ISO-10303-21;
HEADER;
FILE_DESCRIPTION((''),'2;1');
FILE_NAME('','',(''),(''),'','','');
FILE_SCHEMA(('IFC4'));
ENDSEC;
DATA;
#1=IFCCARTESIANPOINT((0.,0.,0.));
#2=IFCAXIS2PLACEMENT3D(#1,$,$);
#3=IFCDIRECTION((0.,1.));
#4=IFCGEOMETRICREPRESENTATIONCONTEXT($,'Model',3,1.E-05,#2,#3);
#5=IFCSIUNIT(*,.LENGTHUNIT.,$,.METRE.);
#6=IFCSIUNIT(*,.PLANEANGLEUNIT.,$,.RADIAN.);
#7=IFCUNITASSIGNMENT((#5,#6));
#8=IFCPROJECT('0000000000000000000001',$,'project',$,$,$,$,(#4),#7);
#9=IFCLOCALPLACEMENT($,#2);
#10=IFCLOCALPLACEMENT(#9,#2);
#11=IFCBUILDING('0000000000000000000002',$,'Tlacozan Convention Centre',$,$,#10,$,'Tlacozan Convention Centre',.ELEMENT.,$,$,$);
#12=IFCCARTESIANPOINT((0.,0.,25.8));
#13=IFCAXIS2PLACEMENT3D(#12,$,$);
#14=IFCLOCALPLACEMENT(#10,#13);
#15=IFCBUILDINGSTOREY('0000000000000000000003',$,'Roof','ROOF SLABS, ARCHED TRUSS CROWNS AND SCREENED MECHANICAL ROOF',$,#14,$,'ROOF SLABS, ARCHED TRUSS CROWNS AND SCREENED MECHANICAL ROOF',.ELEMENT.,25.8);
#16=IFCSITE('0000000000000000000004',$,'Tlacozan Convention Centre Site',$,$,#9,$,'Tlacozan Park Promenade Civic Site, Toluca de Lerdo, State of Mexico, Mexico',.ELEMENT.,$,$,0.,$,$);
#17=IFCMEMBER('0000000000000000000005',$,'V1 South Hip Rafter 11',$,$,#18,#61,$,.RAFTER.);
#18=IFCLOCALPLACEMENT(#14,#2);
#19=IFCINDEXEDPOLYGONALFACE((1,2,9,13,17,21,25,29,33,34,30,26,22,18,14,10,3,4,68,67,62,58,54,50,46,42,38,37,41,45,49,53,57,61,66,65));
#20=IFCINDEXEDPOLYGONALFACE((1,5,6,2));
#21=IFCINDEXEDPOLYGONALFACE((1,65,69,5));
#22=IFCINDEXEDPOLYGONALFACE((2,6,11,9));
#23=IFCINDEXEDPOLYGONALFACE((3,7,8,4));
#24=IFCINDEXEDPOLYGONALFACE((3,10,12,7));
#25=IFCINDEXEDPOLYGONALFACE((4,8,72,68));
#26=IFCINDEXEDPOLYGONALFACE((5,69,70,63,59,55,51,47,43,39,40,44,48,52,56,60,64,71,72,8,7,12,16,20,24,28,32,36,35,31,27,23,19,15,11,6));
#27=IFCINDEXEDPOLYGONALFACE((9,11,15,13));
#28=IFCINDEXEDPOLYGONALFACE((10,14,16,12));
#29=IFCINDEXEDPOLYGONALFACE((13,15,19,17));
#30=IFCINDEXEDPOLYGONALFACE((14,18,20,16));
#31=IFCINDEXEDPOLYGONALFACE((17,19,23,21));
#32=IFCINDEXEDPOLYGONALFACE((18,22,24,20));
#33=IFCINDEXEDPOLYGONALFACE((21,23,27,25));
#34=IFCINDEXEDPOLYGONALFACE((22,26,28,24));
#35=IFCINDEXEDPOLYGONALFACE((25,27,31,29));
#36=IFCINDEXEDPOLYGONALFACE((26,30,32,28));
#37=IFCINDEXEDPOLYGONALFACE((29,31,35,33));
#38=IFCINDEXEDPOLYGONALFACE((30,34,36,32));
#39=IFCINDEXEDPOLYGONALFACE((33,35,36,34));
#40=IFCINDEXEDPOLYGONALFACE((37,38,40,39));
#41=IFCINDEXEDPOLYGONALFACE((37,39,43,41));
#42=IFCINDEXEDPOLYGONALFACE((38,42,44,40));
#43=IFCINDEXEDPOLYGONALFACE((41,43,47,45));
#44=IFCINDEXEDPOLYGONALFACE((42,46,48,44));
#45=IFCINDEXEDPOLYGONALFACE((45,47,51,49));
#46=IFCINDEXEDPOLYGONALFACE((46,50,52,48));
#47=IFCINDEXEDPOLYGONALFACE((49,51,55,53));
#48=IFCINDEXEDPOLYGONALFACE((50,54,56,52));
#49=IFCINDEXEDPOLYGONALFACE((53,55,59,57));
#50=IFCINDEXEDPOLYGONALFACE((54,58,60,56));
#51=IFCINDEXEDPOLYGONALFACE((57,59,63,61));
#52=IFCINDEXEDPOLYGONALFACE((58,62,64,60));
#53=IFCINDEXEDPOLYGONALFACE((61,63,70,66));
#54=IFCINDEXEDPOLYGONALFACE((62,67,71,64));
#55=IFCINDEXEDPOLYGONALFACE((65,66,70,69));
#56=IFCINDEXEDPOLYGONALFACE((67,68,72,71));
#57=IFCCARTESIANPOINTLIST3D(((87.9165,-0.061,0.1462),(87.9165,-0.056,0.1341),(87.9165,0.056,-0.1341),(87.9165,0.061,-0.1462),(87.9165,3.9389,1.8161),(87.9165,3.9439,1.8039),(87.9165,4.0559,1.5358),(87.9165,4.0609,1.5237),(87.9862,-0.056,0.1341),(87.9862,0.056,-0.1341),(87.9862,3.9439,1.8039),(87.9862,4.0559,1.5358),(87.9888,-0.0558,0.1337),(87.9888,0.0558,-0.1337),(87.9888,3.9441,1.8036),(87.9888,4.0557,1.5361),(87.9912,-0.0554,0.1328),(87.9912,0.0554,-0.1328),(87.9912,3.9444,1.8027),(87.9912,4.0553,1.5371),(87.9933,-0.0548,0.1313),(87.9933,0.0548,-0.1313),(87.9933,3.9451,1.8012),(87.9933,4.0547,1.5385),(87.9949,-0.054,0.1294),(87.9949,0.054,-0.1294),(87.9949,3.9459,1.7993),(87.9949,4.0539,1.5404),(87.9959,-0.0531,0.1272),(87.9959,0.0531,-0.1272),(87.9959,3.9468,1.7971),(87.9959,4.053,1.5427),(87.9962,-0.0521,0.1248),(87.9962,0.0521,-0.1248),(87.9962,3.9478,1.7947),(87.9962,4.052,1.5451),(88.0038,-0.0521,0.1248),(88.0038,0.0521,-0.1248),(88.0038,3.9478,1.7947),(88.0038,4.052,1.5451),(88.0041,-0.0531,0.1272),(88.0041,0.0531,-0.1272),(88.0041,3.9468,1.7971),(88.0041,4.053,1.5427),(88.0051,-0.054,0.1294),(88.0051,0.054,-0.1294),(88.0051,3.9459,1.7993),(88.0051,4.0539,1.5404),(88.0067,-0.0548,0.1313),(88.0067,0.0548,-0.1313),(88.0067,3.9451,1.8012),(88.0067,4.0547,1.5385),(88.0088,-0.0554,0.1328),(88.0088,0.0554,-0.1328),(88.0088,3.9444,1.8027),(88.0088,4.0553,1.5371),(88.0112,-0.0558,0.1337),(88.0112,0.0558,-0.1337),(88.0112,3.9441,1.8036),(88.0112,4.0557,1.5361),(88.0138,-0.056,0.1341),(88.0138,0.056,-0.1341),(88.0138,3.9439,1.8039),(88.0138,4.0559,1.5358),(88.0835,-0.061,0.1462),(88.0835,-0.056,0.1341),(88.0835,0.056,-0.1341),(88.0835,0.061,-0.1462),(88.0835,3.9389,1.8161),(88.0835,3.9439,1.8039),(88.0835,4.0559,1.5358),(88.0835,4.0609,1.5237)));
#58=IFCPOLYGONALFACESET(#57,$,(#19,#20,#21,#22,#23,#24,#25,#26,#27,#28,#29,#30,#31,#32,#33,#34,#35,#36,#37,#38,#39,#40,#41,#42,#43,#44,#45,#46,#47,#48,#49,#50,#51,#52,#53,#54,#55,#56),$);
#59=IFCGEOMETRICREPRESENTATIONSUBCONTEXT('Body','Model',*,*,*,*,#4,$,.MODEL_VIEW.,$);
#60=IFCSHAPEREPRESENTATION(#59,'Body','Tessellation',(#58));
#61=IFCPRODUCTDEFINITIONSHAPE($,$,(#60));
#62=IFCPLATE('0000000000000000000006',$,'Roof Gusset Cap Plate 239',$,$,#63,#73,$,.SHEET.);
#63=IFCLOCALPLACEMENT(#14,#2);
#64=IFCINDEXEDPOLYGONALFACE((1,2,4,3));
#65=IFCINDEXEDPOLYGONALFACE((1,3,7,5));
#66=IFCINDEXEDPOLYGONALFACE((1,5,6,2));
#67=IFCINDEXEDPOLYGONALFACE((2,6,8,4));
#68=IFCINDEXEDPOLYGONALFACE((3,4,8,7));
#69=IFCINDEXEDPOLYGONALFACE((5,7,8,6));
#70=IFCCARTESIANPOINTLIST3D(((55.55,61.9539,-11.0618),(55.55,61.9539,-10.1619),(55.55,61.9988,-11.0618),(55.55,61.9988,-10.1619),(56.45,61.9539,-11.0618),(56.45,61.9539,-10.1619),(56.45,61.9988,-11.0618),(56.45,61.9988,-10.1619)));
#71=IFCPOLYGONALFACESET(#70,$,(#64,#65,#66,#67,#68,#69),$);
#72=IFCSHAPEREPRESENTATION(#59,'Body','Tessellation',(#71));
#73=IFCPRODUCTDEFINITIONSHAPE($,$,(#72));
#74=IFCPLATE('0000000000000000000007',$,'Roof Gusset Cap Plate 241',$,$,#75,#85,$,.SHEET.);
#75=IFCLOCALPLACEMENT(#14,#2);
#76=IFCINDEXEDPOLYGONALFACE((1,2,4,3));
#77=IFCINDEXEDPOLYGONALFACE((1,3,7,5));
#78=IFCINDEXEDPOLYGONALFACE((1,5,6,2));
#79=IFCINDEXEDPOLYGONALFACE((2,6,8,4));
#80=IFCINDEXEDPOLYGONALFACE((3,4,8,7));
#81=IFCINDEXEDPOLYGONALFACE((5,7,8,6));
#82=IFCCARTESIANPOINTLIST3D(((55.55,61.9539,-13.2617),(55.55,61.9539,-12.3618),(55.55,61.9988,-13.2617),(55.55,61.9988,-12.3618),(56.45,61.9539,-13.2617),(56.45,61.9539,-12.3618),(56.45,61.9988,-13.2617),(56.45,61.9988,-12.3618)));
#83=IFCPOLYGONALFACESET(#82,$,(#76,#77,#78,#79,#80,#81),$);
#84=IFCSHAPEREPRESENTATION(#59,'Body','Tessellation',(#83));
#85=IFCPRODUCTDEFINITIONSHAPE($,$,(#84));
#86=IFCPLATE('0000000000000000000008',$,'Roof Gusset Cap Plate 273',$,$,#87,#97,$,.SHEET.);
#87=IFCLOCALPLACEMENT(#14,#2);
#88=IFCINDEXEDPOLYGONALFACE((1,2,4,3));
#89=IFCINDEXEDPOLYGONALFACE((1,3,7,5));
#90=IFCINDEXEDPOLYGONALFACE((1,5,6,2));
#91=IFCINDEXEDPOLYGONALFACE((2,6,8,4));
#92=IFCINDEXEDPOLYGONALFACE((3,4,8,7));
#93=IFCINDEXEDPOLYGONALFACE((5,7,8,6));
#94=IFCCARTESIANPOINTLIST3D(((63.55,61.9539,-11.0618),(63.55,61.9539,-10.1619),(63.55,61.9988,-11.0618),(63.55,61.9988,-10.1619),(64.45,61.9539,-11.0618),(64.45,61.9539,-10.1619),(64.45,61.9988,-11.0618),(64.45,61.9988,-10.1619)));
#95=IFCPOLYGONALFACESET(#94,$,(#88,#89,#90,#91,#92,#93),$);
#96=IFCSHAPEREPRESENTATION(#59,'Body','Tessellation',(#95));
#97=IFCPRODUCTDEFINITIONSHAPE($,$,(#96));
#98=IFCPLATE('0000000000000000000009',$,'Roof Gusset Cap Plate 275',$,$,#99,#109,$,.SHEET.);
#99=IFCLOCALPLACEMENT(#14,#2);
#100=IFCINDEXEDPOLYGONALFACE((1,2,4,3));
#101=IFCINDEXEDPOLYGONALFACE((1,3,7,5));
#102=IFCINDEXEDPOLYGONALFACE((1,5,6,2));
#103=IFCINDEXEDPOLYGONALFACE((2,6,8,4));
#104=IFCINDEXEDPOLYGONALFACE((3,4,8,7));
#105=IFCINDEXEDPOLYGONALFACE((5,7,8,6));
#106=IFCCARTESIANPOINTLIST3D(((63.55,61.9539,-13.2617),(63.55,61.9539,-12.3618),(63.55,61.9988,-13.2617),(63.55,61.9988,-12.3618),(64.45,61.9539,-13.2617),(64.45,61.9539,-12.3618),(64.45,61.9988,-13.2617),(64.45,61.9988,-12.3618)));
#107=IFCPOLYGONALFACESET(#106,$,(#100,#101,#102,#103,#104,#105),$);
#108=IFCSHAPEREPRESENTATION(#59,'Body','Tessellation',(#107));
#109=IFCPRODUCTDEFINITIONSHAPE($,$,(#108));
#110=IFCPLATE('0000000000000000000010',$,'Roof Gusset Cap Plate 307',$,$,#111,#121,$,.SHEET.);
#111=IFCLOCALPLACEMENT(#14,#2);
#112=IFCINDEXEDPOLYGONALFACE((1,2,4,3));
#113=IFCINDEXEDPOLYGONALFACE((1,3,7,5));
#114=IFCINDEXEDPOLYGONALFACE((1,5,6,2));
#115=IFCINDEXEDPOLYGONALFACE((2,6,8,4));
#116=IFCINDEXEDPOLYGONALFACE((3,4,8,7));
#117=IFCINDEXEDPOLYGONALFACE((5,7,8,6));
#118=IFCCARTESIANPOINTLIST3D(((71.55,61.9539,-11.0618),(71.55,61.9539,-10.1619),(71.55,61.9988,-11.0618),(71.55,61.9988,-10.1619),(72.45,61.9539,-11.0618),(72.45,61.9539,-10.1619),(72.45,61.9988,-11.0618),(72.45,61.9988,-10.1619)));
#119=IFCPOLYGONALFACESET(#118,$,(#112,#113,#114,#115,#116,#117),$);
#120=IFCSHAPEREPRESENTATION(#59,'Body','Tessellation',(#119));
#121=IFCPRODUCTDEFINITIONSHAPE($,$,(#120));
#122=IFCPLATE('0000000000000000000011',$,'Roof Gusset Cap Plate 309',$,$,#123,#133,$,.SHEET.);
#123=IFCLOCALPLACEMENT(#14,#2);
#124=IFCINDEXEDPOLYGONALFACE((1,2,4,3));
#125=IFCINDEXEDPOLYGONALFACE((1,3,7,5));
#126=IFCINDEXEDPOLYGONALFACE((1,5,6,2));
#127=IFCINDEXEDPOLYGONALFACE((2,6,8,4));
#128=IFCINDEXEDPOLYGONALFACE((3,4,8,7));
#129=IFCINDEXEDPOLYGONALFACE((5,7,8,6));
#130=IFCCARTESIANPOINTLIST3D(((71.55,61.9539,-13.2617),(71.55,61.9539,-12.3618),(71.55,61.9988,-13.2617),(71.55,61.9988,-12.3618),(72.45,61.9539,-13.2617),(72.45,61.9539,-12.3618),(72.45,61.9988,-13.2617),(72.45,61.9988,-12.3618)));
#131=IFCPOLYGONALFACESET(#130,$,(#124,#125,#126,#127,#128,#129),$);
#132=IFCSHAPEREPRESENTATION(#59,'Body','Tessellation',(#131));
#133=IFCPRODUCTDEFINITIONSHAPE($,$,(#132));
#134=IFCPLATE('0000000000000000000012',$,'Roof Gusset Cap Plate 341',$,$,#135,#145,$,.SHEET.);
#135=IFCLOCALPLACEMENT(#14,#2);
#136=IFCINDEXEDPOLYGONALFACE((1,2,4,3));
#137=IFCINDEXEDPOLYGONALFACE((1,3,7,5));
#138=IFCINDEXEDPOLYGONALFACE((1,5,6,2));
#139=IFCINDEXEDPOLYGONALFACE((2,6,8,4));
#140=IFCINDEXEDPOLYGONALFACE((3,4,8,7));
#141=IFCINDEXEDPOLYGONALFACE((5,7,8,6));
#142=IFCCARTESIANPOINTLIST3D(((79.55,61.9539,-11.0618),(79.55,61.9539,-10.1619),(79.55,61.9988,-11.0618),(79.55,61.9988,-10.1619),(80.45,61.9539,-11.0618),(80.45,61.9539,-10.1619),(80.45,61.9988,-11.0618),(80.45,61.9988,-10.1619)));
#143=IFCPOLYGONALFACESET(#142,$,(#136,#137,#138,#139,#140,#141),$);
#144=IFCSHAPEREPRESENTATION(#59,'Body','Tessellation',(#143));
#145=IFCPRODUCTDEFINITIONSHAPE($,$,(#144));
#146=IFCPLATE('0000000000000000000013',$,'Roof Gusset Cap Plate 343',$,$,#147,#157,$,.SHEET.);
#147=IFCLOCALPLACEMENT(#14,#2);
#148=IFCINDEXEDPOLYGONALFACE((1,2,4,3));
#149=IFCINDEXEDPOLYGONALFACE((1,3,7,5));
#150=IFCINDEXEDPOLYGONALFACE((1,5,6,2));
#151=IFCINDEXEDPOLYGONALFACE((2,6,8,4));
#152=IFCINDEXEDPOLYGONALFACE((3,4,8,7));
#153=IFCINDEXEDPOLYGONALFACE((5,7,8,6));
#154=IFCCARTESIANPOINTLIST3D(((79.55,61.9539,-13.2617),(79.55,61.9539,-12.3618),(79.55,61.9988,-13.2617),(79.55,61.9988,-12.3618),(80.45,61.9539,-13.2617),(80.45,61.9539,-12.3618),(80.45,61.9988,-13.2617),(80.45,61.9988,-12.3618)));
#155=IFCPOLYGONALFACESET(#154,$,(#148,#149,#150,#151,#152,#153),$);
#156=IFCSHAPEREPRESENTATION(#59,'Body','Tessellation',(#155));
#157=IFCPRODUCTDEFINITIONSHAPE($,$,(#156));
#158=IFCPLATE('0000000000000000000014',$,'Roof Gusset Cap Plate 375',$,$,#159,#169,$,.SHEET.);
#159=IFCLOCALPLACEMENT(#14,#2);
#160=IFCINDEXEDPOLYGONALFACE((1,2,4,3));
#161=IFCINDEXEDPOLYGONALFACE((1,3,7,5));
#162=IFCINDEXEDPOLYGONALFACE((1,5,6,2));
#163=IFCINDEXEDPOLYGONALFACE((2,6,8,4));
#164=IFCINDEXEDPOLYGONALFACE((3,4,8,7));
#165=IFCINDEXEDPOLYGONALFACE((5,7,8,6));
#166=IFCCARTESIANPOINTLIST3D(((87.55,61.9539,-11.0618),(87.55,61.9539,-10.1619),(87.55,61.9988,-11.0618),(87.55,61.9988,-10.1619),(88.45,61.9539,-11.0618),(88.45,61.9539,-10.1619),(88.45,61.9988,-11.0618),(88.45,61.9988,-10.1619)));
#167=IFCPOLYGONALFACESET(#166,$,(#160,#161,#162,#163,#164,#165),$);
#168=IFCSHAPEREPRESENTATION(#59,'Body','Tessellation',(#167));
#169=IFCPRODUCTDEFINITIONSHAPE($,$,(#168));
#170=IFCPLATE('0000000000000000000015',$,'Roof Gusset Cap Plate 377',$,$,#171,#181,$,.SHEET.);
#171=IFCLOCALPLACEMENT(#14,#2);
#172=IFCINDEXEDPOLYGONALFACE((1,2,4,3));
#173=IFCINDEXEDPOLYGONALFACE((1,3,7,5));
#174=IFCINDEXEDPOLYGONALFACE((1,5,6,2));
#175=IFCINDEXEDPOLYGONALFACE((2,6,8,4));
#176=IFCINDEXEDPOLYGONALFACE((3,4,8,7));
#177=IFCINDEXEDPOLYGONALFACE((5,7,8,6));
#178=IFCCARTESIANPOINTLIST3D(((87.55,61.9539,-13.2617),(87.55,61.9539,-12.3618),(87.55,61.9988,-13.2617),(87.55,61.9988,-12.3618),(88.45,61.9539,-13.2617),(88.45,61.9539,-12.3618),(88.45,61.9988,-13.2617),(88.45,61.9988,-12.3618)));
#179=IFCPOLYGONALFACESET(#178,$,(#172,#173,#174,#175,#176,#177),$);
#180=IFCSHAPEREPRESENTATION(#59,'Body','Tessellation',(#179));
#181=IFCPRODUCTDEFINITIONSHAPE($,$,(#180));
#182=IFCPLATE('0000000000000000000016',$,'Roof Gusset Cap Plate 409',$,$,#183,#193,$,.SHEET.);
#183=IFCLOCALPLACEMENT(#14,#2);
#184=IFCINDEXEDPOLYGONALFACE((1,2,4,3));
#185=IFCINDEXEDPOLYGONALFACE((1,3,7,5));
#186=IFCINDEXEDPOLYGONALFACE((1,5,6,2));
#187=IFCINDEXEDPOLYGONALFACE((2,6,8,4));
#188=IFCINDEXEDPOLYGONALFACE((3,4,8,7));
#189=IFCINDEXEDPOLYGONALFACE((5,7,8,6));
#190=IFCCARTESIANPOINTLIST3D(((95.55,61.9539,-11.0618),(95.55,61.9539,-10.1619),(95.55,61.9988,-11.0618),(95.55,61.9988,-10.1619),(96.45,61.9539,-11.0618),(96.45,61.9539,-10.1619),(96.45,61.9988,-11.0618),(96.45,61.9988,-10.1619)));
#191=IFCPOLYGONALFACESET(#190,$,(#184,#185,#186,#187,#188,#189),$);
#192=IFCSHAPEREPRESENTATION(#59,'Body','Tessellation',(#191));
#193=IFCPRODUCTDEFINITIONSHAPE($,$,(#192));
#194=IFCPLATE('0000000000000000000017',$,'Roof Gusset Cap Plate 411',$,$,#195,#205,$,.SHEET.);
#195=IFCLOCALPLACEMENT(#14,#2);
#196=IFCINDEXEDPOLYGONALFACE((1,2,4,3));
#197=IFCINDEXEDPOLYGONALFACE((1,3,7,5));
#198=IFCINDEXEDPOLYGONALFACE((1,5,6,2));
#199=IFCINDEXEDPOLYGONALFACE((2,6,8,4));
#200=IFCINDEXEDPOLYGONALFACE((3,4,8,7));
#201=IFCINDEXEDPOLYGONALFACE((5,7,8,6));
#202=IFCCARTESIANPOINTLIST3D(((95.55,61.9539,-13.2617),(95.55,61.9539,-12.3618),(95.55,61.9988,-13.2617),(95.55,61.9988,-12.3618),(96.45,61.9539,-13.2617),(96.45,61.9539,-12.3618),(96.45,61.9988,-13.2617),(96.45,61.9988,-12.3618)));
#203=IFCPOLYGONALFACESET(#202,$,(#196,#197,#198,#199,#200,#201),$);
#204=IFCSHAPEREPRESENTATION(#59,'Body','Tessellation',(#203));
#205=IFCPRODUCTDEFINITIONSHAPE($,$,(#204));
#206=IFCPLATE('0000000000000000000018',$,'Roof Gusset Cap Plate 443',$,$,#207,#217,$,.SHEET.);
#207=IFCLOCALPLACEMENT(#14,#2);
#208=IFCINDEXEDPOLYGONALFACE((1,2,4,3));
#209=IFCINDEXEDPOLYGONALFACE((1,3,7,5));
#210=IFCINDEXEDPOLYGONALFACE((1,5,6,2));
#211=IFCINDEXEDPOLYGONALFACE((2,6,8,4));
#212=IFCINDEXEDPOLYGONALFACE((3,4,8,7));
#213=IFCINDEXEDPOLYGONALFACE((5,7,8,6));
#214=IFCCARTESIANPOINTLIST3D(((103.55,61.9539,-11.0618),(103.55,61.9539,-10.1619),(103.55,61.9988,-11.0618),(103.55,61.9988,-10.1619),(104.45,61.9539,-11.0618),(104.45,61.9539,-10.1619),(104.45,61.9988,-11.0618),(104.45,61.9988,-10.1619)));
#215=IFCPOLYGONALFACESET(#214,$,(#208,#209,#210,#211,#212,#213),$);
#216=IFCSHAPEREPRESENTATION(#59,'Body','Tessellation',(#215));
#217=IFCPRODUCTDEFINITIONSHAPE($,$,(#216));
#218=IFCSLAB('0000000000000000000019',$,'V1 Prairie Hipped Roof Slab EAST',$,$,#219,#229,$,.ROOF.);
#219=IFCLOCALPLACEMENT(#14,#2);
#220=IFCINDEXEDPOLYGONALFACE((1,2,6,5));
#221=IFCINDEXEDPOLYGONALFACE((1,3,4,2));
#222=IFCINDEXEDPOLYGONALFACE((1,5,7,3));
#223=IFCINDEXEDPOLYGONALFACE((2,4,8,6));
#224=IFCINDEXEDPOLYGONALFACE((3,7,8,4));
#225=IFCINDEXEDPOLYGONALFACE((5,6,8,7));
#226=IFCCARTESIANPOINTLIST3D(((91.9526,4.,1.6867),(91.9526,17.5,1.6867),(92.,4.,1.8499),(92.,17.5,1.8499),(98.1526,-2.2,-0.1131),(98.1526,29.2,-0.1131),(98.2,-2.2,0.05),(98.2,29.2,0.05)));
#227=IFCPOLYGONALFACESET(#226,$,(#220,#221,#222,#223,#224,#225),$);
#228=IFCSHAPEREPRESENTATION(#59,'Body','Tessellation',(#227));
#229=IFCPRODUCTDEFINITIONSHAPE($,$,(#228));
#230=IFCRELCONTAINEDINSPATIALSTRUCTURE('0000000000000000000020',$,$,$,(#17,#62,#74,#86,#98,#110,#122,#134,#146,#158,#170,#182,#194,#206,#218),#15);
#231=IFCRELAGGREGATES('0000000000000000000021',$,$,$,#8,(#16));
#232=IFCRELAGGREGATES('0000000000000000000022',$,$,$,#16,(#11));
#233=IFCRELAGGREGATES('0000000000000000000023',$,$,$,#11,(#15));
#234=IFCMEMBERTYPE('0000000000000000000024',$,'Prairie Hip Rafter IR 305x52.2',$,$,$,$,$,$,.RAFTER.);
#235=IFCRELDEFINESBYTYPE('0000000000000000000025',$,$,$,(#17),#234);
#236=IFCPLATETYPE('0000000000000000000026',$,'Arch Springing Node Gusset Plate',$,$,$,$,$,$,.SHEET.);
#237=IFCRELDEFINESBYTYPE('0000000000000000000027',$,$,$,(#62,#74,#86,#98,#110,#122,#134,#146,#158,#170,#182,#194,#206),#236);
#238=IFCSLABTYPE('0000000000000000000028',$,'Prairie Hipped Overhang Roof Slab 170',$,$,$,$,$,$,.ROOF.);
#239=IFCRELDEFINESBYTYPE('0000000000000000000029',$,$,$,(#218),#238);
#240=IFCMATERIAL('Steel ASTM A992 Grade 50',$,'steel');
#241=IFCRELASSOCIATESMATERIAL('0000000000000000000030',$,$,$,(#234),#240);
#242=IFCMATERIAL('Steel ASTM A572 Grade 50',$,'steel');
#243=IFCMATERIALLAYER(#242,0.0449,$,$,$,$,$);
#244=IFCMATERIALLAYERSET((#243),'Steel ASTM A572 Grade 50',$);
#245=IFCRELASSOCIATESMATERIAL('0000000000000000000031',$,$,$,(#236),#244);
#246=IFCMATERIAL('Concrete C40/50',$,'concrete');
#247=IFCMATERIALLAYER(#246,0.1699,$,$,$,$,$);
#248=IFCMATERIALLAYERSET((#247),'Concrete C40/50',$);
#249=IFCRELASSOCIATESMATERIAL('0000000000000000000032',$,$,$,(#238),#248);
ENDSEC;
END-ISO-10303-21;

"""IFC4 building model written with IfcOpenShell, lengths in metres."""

from ifc_helpers import new_model, si_unit, direction, frame, origin, origin_2d, place, context, subcontext, project, spatial, polyline, rectangle, i_section, outline, extrude, material, layer, layer_set, material_profile, profile_set, type_object, element, save


model = new_model("IFC4")

# Units and contexts
model_context = context("Model", 3, precision=1e-05, world=origin(), true_north=direction((0.0, 1.0)))
body_context = subcontext(model_context, "Body", "Model", "MODEL_VIEW")
ifc_project = project(units=[si_unit("LENGTHUNIT", "METRE"), si_unit("PLANEANGLEUNIT", "RADIAN")], contexts=[model_context])

# Site, building, storey
site_placement = place(None, origin())
site = spatial("IfcSite", under=ifc_project, at=site_placement, Name="Tlacozan Convention Centre Site", LongName="Tlacozan Park Promenade Civic Site, Toluca de Lerdo, State of Mexico, Mexico", CompositionType="ELEMENT", RefElevation=0.0)
building_placement = place(site_placement, origin())
building = spatial("IfcBuilding", under=site, at=building_placement, Name="Tlacozan Convention Centre", LongName="Tlacozan Convention Centre", CompositionType="ELEMENT")
storey_placement = place(building_placement, frame((0.0, 0.0, 25.8)))
storey = spatial("IfcBuildingStorey", under=building, at=storey_placement, Name="Roof", Description="ROOF SLABS, ARCHED TRUSS CROWNS AND SCREENED MECHANICAL ROOF", LongName="ROOF SLABS, ARCHED TRUSS CROWNS AND SCREENED MECHANICAL ROOF", CompositionType="ELEMENT", Elevation=25.8)

# Member
ifc_material_1 = material(Name="Steel ASTM A992 Grade 50", Category="steel")
ifc_material_profile_1 = material_profile(ifc_material_1, i_section(OverallWidth=0.167, OverallDepth=0.3169, WebThickness=0.0076, FlangeThickness=0.0132, FilletRadius=0.01, at=origin_2d()), Name="IR 305x52.2")
ifc_profile_set_1 = profile_set([ifc_material_profile_1], Name="Steel ASTM A992 Grade 50")
member_type_1 = type_object("IfcMemberType", Name="Prairie Hip Rafter IR 305x52.2", PredefinedType="RAFTER", material=ifc_profile_set_1)
for number, where, z_axis, x_axis, name in (
    (1, (88.0, 0.0, 0.0), (0.0, 0.92281, 0.385255), (-1.0, 0.0, 0.0), "V1 South Hip Rafter 11"),
):
    element("IfcMember", number, at=place(storey_placement, frame(where, z_axis=z_axis, x_axis=x_axis)), inside=storey, type_object=member_type_1, Name=name, PredefinedType="RAFTER", context=body_context, shape_type="SweptSolid", body=[
        extrude(i_section(OverallWidth=0.167, OverallDepth=0.3169, WebThickness=0.0076, FlangeThickness=0.0132, FilletRadius=0.01, at=origin_2d()), origin(), (0.0, 0.0, 1.0), 4.3345),
    ])

# Plates
ifc_material_2 = material(Name="Steel ASTM A572 Grade 50", Category="steel")
ifc_layer_1 = layer(ifc_material_2, 0.0449)
ifc_layer_set_1 = layer_set([ifc_layer_1], Name="Steel ASTM A572 Grade 50")
plate_type = type_object("IfcPlateType", Name="Arch Springing Node Gusset Plate", PredefinedType="SHEET", material=ifc_layer_set_1)
for number, where, z_axis, x_axis, name in (
    (2, (56.0, 61.9763, -11.0618), (0.0, 0.0, 1.0), (0.0, 1.0, 0.0), "Roof Gusset Cap Plate 239"),
    (3, (56.0, 61.9763, -13.2617), (0.0, 0.0, 1.0), (0.0, 1.0, 0.0), "Roof Gusset Cap Plate 241"),
    (4, (64.0, 61.9763, -11.0618), (0.0, 0.0, 1.0), (0.0, 1.0, 0.0), "Roof Gusset Cap Plate 273"),
    (5, (64.0, 61.9763, -13.2617), (0.0, 0.0, 1.0), (0.0, 1.0, 0.0), "Roof Gusset Cap Plate 275"),
    (6, (72.0, 61.9763, -11.0618), (0.0, 0.0, 1.0), (0.0, 1.0, 0.0), "Roof Gusset Cap Plate 307"),
    (7, (72.0, 61.9763, -13.2617), (0.0, 0.0, 1.0), (0.0, 1.0, 0.0), "Roof Gusset Cap Plate 309"),
    (8, (80.0, 61.9763, -11.0618), (0.0, 0.0, 1.0), (0.0, 1.0, 0.0), "Roof Gusset Cap Plate 341"),
    (9, (80.0, 61.9763, -13.2617), (0.0, 0.0, 1.0), (0.0, 1.0, 0.0), "Roof Gusset Cap Plate 343"),
    (10, (88.0, 61.9763, -11.0618), (0.0, 0.0, 1.0), (0.0, 1.0, 0.0), "Roof Gusset Cap Plate 375"),
    (11, (88.0, 61.9763, -13.2617), (0.0, 0.0, 1.0), (0.0, 1.0, 0.0), "Roof Gusset Cap Plate 377"),
    (12, (96.0, 61.9763, -11.0618), (0.0, 0.0, 1.0), (0.0, 1.0, 0.0), "Roof Gusset Cap Plate 409"),
    (13, (96.0, 61.9763, -13.2617), (0.0, 0.0, 1.0), (0.0, 1.0, 0.0), "Roof Gusset Cap Plate 411"),
    (14, (104.0, 61.9763, -11.0618), (0.0, 0.0, 1.0), (0.0, 1.0, 0.0), "Roof Gusset Cap Plate 443"),
):
    element("IfcPlate", number, at=place(storey_placement, frame(where, z_axis=z_axis, x_axis=x_axis)), inside=storey, type_object=plate_type, Name=name, PredefinedType="SHEET", context=body_context, shape_type="SweptSolid", body=[
        extrude(rectangle(XDim=0.0449, YDim=0.8999, at=origin_2d()), origin(), (0.0, 0.0, 1.0), 0.8999),
    ])

# Slab
ifc_material_3 = material(Name="Concrete C40/50", Category="concrete")
ifc_layer_2 = layer(ifc_material_3, 0.1699)
ifc_layer_set_2 = layer_set([ifc_layer_2], Name="Concrete C40/50")
slab_type = type_object("IfcSlabType", Name="Prairie Hipped Overhang Roof Slab 170", PredefinedType="ROOF", material=ifc_layer_set_2)
slab_1_placement = place(storey_placement, frame((98.2, -2.2, 0.05), z_axis=(0.278784, 0.0, 0.960354), x_axis=(0.0, 1.0, 0.0)))
element("IfcSlab", 15, at=slab_1_placement, inside=storey, type_object=slab_type, Name="V1 Prairie Hipped Roof Slab EAST", PredefinedType="ROOF", context=body_context, shape_type="SweptSolid", body=[
    extrude(outline(polyline([(0.0, 0.0), (31.3999, 0.0), (19.7, 6.4559), (6.2, 6.4559), (0.0, 0.0)])), origin(), (0.0, 0.0, -1.0), 0.1699),
])

save(model, "model.ifc")
